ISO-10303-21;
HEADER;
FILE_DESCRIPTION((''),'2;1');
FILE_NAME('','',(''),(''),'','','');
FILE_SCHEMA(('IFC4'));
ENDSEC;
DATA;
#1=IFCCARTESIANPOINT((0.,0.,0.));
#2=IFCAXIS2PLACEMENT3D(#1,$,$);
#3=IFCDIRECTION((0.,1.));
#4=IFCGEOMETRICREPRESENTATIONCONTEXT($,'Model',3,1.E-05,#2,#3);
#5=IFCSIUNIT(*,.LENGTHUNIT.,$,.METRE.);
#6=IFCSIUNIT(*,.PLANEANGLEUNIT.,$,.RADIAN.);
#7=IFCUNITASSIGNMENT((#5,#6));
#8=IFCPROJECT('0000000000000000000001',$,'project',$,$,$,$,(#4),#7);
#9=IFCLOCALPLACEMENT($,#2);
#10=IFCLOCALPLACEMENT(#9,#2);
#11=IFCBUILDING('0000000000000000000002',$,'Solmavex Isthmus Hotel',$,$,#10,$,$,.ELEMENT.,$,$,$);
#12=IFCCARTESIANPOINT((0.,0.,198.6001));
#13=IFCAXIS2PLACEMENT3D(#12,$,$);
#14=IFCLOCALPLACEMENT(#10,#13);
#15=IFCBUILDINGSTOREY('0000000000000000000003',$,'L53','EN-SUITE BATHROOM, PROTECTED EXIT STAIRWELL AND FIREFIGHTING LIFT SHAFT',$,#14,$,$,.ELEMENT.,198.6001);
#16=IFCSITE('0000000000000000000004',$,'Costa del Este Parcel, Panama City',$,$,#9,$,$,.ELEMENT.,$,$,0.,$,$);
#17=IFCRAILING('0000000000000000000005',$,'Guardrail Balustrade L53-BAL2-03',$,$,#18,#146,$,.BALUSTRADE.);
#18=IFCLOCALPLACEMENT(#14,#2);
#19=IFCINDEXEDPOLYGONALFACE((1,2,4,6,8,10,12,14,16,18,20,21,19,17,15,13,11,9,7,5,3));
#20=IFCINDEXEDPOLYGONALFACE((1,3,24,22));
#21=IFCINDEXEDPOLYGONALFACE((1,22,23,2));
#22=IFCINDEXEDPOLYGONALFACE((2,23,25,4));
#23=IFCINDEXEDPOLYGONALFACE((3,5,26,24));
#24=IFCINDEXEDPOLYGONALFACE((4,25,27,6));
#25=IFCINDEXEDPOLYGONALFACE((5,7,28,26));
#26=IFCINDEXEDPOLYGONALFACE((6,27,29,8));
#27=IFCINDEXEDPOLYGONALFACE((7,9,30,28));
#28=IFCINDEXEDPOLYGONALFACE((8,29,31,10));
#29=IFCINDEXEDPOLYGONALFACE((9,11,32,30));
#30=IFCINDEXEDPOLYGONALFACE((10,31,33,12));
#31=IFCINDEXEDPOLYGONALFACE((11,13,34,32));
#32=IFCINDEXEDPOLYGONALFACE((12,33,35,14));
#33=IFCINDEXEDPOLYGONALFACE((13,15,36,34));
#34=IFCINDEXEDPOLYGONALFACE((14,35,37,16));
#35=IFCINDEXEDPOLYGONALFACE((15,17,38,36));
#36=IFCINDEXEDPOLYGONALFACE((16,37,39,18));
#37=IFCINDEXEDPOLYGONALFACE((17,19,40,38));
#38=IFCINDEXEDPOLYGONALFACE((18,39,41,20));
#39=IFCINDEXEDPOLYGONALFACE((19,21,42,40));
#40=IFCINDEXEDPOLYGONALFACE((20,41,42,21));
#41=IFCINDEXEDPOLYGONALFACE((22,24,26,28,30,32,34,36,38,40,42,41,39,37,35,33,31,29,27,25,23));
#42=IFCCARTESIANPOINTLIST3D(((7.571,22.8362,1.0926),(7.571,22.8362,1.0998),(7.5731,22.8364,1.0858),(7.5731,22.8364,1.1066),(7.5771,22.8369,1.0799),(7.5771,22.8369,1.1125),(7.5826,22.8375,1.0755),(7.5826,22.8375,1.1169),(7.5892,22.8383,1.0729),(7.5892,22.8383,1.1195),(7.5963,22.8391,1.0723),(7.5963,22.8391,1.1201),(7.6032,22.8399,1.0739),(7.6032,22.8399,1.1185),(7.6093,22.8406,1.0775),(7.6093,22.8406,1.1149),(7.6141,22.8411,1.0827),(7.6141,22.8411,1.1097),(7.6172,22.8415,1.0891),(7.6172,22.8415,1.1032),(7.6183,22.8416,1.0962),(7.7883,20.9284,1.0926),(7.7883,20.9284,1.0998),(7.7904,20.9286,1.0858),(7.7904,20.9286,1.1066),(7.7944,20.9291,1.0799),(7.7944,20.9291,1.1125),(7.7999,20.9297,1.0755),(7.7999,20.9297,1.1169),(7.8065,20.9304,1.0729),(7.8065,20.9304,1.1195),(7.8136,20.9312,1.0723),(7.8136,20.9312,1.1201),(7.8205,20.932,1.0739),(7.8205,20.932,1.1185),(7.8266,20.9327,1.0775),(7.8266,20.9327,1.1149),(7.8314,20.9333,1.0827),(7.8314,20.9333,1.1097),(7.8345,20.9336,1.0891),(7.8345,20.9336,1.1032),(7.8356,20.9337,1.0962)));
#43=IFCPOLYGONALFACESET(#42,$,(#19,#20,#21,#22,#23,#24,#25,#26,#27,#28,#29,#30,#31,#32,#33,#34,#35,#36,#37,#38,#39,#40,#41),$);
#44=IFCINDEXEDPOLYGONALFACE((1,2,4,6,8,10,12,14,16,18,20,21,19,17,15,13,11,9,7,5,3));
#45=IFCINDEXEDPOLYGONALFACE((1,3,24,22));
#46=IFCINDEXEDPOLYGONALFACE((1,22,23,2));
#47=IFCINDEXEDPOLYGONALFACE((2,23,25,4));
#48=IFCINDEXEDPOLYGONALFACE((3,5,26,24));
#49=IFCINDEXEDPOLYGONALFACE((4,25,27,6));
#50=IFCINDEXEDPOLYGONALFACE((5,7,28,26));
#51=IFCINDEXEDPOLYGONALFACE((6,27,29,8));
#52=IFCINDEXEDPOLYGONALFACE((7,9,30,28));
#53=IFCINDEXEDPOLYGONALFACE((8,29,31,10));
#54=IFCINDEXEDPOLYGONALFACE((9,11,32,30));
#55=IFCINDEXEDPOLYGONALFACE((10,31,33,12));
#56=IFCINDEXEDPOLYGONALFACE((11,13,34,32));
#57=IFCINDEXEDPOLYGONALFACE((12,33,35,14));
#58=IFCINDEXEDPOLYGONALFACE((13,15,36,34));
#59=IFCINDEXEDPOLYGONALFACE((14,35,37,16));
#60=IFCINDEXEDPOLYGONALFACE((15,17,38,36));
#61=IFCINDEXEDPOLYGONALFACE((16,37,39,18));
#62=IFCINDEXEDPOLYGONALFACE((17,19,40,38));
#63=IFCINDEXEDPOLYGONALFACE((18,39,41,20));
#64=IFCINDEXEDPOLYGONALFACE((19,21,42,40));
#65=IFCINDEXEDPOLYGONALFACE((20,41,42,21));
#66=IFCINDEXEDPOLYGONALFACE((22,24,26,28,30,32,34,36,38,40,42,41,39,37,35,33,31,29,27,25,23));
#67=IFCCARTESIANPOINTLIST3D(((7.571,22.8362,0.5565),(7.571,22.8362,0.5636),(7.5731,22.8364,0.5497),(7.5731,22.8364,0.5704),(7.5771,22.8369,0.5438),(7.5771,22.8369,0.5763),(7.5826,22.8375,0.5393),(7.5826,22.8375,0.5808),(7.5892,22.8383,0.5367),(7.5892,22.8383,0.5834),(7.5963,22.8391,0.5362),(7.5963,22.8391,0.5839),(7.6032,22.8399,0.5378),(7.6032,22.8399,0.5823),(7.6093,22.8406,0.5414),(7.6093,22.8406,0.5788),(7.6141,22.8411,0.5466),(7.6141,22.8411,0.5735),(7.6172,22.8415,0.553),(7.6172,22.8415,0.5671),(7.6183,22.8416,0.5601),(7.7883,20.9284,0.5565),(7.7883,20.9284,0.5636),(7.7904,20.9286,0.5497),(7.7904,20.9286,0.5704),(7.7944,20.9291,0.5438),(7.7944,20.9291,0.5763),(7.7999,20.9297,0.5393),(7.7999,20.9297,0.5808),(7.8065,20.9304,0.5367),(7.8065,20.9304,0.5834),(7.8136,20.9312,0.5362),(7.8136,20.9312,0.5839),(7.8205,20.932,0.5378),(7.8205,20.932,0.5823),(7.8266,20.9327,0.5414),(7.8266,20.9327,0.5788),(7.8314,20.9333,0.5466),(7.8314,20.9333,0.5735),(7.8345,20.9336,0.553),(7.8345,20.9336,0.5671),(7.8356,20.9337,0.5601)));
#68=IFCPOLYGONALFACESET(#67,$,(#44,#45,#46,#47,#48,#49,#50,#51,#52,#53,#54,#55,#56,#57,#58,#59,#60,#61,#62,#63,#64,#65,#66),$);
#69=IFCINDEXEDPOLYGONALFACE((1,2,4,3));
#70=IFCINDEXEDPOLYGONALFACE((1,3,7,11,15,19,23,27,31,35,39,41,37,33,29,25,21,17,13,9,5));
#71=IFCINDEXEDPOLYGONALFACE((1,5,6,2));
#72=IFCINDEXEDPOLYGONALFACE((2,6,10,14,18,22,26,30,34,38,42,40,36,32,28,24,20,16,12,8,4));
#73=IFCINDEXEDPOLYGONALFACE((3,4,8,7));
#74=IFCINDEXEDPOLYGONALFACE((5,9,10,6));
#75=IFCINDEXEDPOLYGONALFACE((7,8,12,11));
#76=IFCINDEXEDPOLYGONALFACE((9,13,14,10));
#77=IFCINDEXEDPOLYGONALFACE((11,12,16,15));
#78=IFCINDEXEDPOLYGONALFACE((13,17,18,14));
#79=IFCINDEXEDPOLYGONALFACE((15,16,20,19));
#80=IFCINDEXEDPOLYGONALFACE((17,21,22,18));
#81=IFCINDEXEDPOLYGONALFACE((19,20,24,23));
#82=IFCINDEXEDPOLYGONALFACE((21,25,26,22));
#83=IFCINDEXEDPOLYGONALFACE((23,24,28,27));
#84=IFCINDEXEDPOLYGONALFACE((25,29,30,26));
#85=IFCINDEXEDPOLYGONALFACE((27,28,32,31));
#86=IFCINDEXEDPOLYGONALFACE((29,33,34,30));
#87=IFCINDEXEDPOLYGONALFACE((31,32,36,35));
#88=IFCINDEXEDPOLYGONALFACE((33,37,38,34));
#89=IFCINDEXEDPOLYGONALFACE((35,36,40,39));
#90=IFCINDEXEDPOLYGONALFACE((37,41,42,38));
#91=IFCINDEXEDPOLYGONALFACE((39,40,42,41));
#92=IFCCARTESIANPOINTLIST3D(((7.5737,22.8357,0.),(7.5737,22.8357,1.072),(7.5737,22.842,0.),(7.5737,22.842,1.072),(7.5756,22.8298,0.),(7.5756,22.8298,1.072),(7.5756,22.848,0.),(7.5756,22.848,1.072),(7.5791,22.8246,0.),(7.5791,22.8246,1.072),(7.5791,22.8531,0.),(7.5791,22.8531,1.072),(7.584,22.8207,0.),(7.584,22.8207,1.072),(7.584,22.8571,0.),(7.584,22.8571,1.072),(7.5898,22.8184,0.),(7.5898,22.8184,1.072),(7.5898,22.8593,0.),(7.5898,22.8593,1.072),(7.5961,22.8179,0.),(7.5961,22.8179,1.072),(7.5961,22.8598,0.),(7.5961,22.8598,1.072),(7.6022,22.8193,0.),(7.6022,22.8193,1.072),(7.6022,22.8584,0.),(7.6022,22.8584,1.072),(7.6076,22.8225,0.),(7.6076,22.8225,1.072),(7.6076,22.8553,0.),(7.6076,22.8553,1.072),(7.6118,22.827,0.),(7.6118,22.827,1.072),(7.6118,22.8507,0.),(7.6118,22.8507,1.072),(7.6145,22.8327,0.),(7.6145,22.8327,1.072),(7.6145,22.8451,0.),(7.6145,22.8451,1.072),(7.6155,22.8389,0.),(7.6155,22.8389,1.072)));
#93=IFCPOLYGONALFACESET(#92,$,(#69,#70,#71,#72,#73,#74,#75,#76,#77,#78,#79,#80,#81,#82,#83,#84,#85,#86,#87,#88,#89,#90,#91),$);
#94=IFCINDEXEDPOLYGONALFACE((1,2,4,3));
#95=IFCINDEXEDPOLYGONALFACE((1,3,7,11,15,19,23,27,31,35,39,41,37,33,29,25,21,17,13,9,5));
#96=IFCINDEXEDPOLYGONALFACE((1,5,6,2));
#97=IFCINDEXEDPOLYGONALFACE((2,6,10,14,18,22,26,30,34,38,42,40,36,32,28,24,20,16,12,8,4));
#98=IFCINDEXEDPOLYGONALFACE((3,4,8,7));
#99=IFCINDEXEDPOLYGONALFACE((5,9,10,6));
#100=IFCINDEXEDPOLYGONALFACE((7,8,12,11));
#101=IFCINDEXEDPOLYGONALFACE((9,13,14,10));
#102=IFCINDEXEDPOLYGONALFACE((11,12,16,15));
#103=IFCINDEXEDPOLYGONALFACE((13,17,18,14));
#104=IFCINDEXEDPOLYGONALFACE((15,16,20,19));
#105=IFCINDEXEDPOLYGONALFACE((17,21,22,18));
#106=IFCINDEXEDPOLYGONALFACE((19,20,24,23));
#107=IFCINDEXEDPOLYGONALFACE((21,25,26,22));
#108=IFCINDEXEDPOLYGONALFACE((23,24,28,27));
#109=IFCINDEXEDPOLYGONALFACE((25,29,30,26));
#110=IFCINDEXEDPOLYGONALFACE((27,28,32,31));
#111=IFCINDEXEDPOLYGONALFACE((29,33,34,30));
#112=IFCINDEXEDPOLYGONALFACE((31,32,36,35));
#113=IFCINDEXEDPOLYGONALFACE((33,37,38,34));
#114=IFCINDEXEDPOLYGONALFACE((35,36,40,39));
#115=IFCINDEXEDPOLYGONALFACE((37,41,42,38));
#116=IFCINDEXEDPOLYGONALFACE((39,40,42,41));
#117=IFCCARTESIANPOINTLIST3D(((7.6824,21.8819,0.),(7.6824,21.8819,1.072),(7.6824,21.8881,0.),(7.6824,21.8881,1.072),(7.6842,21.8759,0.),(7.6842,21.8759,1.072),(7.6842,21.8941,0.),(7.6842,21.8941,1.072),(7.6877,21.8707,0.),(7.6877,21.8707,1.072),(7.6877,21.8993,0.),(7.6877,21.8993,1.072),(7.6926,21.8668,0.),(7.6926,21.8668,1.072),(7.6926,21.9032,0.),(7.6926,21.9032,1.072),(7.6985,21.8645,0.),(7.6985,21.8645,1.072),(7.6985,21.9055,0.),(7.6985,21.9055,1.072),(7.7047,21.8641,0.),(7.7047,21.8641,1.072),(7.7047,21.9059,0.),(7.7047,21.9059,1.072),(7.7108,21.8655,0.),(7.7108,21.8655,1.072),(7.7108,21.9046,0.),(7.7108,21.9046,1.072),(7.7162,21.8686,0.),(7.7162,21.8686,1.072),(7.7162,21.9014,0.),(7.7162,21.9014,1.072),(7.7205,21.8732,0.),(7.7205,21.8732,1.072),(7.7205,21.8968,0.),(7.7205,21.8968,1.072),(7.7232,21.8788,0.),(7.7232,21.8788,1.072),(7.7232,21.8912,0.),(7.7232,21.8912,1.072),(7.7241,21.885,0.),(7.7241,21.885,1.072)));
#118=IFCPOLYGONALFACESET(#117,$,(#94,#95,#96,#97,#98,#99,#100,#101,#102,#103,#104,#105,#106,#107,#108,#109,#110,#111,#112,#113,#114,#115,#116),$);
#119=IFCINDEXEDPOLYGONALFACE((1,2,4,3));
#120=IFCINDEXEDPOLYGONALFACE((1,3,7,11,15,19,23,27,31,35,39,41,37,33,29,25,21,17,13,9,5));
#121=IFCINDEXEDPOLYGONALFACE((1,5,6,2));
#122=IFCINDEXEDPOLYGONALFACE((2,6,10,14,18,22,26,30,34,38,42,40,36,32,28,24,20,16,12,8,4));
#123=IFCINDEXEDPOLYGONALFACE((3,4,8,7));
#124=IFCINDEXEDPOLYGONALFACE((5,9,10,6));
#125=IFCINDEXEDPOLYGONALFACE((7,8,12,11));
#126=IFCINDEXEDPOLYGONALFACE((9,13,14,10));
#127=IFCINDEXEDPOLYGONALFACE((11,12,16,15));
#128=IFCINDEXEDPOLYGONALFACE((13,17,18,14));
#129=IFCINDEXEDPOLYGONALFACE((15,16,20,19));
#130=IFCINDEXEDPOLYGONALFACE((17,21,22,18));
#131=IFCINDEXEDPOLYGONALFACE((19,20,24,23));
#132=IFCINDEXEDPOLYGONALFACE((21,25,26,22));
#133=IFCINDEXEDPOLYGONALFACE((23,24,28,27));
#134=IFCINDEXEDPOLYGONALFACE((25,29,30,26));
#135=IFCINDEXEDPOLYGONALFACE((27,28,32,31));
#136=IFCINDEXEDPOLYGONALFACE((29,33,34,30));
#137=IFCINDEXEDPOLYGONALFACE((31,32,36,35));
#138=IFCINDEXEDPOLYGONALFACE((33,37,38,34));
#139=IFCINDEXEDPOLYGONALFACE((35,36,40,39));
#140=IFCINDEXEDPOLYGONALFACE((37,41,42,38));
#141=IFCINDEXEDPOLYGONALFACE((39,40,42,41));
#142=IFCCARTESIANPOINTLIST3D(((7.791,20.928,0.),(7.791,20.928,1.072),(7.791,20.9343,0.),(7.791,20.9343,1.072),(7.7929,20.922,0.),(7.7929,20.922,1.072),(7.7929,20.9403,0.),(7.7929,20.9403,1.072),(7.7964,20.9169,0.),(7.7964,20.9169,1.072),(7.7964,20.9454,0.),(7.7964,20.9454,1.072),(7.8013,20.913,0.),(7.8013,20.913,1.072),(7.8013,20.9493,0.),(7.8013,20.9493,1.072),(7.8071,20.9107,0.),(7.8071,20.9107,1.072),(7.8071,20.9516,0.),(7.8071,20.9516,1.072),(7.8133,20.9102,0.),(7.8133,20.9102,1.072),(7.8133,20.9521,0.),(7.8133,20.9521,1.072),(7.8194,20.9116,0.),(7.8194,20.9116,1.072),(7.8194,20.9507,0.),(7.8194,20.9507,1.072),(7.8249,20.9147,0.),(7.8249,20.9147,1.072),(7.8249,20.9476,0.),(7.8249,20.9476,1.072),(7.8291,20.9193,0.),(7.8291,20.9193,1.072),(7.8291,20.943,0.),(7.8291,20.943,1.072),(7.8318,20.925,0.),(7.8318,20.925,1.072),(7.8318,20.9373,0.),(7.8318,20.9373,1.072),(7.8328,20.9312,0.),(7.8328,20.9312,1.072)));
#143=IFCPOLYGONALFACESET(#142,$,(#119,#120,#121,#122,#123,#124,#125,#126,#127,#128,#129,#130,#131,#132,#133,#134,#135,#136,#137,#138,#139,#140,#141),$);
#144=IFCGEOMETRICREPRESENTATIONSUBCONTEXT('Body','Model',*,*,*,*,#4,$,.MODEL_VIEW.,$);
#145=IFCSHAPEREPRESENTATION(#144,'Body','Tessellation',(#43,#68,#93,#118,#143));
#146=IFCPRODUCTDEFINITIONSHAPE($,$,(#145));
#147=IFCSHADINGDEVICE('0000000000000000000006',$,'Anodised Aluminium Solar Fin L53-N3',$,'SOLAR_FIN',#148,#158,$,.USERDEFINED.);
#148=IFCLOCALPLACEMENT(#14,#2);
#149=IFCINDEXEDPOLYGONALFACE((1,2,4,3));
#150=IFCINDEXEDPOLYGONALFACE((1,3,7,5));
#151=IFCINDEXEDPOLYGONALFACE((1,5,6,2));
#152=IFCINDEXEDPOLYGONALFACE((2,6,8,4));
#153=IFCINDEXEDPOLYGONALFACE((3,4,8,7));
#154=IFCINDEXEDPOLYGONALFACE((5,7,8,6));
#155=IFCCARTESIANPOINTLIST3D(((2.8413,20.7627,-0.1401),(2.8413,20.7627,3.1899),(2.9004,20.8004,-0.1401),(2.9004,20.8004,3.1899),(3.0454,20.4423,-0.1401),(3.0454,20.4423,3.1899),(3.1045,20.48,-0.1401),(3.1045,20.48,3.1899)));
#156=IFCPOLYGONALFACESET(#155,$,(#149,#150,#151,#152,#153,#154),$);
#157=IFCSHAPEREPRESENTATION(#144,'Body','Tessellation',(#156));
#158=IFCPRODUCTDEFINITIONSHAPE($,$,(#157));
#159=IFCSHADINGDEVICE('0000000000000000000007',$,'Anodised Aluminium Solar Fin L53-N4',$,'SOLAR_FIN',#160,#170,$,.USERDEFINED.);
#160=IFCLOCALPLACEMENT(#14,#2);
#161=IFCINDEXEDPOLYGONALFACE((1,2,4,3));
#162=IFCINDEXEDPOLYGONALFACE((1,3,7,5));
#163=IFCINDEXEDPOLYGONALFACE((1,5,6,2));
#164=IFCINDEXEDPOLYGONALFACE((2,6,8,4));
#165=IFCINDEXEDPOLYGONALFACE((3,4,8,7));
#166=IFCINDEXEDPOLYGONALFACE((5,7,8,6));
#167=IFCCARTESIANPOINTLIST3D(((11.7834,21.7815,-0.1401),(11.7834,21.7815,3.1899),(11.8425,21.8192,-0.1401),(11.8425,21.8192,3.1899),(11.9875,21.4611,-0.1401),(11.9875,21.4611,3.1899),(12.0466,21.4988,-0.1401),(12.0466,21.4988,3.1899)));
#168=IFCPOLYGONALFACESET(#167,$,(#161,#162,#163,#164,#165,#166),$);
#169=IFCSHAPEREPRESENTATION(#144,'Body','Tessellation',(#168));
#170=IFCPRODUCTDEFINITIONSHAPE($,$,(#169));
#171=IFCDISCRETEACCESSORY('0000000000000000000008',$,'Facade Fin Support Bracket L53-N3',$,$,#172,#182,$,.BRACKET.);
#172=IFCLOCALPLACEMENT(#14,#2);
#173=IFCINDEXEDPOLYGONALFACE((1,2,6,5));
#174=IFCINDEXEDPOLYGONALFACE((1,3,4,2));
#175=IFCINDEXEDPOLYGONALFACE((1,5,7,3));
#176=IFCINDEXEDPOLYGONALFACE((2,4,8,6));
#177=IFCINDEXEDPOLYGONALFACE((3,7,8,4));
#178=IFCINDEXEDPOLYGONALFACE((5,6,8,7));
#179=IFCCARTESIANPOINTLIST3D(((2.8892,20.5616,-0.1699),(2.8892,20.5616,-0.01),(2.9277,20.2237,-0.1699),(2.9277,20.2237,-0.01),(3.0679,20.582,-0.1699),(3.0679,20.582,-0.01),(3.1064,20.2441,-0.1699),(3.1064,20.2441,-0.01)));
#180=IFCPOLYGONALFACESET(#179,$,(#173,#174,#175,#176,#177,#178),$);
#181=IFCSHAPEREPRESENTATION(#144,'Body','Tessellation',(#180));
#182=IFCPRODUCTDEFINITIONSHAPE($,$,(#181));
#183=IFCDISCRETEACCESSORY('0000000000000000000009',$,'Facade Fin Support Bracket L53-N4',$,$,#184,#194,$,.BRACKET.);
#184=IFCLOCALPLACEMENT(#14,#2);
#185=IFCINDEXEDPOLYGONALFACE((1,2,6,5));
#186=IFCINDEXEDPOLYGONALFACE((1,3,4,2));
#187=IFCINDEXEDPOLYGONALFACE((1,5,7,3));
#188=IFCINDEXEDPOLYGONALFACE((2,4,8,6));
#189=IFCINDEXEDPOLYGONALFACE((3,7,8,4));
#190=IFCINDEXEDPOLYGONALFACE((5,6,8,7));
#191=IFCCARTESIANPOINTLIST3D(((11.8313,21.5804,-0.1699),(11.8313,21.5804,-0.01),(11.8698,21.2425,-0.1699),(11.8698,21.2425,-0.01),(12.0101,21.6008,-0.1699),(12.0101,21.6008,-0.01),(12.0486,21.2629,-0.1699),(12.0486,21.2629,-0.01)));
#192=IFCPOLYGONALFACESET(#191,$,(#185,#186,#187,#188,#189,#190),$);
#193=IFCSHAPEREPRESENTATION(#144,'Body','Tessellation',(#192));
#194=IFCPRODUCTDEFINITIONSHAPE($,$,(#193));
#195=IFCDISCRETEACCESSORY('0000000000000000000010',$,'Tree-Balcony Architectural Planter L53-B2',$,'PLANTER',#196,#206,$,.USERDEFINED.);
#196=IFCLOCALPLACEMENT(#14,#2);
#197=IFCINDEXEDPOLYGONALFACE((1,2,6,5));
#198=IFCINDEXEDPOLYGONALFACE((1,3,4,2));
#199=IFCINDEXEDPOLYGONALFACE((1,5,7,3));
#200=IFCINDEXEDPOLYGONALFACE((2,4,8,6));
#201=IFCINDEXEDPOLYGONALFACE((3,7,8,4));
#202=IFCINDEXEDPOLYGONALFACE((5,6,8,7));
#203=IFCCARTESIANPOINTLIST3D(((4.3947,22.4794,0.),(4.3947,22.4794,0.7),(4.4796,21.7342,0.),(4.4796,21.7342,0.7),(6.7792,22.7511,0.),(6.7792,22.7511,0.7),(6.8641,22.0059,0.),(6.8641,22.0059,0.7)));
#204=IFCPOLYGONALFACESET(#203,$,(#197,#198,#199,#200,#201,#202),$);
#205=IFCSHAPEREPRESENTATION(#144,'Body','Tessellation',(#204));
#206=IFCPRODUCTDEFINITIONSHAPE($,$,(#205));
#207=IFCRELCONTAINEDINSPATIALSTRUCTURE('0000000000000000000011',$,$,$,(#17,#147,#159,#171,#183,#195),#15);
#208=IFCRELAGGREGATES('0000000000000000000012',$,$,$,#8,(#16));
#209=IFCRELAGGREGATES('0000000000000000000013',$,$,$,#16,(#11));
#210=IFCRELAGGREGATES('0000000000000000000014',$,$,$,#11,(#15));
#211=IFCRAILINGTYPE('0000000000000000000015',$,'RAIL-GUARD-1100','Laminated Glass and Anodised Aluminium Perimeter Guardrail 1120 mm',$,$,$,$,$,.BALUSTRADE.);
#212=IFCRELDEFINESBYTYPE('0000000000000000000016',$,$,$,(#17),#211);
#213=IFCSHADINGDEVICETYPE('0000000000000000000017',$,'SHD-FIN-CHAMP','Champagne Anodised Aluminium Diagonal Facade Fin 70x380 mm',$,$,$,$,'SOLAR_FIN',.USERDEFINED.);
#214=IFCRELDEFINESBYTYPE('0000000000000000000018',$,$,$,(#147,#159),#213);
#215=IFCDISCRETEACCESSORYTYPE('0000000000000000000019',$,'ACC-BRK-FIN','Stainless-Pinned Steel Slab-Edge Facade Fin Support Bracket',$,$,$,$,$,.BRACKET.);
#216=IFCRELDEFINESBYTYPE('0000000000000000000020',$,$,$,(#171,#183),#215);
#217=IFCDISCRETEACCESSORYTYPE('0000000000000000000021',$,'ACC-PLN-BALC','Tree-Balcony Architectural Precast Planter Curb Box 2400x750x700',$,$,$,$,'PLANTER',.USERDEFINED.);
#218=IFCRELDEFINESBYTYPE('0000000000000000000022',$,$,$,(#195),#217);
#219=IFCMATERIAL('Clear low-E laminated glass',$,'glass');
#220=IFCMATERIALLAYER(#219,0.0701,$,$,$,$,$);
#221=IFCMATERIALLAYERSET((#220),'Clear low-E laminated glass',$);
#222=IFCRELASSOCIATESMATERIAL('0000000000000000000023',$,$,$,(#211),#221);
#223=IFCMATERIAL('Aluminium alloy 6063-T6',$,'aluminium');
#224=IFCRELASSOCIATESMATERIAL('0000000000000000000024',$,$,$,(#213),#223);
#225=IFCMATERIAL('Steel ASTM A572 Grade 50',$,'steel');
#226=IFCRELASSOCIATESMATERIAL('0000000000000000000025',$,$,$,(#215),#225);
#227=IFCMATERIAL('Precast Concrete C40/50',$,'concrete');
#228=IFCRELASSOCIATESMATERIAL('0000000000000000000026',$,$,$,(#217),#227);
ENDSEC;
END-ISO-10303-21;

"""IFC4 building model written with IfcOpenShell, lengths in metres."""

from ifc_helpers import new_model, si_unit, direction, frame, origin, origin_2d, place, context, subcontext, project, spatial, rectangle, circle, extrude, material, layer, layer_set, type_object, element, save


model = new_model("IFC4")

# Units and contexts
model_context = context("Model", 3, precision=1e-05, world=origin(), true_north=direction((0.0, 1.0)))
body_context = subcontext(model_context, "Body", "Model", "MODEL_VIEW")
ifc_project = project(units=[si_unit("LENGTHUNIT", "METRE"), si_unit("PLANEANGLEUNIT", "RADIAN")], contexts=[model_context])

# Site, building, storey
site_placement = place(None, origin())
site = spatial("IfcSite", under=ifc_project, at=site_placement, Name="Costa del Este Parcel, Panama City", CompositionType="ELEMENT", RefElevation=0.0)
building_placement = place(site_placement, origin())
building = spatial("IfcBuilding", under=site, at=building_placement, Name="Solmavex Isthmus Hotel", CompositionType="ELEMENT")
storey_placement = place(building_placement, frame((0.0, 0.0, 198.6001)))
storey = spatial("IfcBuildingStorey", under=building, at=storey_placement, Name="L53", Description="EN-SUITE BATHROOM, PROTECTED EXIT STAIRWELL AND FIREFIGHTING LIFT SHAFT", CompositionType="ELEMENT", Elevation=198.6001)

# Shared definitions
ifc_material_1 = material(Name="Aluminium alloy 6063-T6", Category="aluminium")

# Shared definitions
ifc_material_2 = material(Name="Clear low-E laminated glass", Category="glass")

# Shared definitions
ifc_material_3 = material(Name="Precast Concrete C40/50", Category="concrete")

# Railing
ifc_layer_1 = layer(ifc_material_2, 0.0701)
ifc_layer_set_1 = layer_set([ifc_layer_1], Name="Clear low-E laminated glass")
railing_type = type_object("IfcRailingType", Name="RAIL-GUARD-1100", Description="Laminated Glass and Anodised Aluminium Perimeter Guardrail 1120 mm", PredefinedType="BALUSTRADE", material=ifc_layer_set_1)
railing_1_placement = place(storey_placement, frame((7.5945, 22.8389, 0.0)))
element("IfcRailing", 1, at=railing_1_placement, inside=storey, type_object=railing_type, Name="Guardrail Balustrade L53-BAL2-03", PredefinedType="BALUSTRADE", context=body_context, shape_type="SweptSolid", body=[
    extrude(circle(Radius=0.0239, at=origin_2d()), frame((0.0, 0.0, 1.0962), z_axis=(0.113166, -0.993576, 0.0), x_axis=(0.993576, 0.113166, 0.0)), (0.0, 0.0, 1.0), 1.9202),
    extrude(circle(Radius=0.0239, at=origin_2d()), frame((0.0, 0.0, 0.5601), z_axis=(0.113166, -0.993576, 0.0), x_axis=(0.993576, 0.113166, 0.0)), (0.0, 0.0, 1.0), 1.9202),
    extrude(circle(Radius=0.021, at=origin_2d()), origin(), (0.0, 0.0, 1.0), 1.072),
    extrude(circle(Radius=0.021, at=origin_2d()), frame((0.1086, -0.9539, 0.0)), (0.0, 0.0, 1.0), 1.072),
    extrude(circle(Radius=0.021, at=origin_2d()), frame((0.2173, -1.9077, 0.0)), (0.0, 0.0, 1.0), 1.072),
])

# Shading devices
shading_device_type = type_object("IfcShadingDeviceType", Name="SHD-FIN-CHAMP", Description="Champagne Anodised Aluminium Diagonal Facade Fin 70x380 mm", ElementType="SOLAR_FIN", PredefinedType="USERDEFINED", material=ifc_material_1)
for number, where, z_axis, x_axis, name in (
    (2, (2.9729, 20.6213, -0.1401), (0.0, 0.0, 1.0), (-0.5373, 0.843391, 0.0), "Anodised Aluminium Solar Fin L53-N3"),
    (3, (11.915, 21.6401, -0.1401), (0.0, 0.0, 1.0), (-0.5373, 0.843391, 0.0), "Anodised Aluminium Solar Fin L53-N4"),
):
    element("IfcShadingDevice", number, at=place(storey_placement, frame(where, z_axis=z_axis, x_axis=x_axis)), inside=storey, type_object=shading_device_type, Name=name, ObjectType="SOLAR_FIN", PredefinedType="USERDEFINED", context=body_context, shape_type="SweptSolid", body=[
        extrude(rectangle(XDim=0.3799, YDim=0.0701, at=origin_2d()), origin(), (0.0, 0.0, 1.0), 3.3301),
    ])

# Discrete accessories
ifc_material_4 = material(Name="Steel ASTM A572 Grade 50", Category="steel")
discrete_accessory_type_1 = type_object("IfcDiscreteAccessoryType", Name="ACC-BRK-FIN", Description="Stainless-Pinned Steel Slab-Edge Facade Fin Support Bracket", PredefinedType="BRACKET", material=ifc_material_4)
for number, where, z_axis, x_axis, name in (
    (4, (2.9978, 20.4028, -0.1699), (0.0, 0.0, 1.0), (-0.113203, 0.993572, 0.0), "Facade Fin Support Bracket L53-N3"),
    (5, (11.9399, 21.4216, -0.1699), (0.0, 0.0, 1.0), (-0.113203, 0.993572, 0.0), "Facade Fin Support Bracket L53-N4"),
):
    element("IfcDiscreteAccessory", number, at=place(storey_placement, frame(where, z_axis=z_axis, x_axis=x_axis)), inside=storey, type_object=discrete_accessory_type_1, Name=name, PredefinedType="BRACKET", context=body_context, shape_type="SweptSolid", body=[
        extrude(rectangle(XDim=0.3401, YDim=0.1799, at=origin_2d()), origin(), (0.0, 0.0, 1.0), 0.1599),
    ])
discrete_accessory_type_2 = type_object("IfcDiscreteAccessoryType", Name="ACC-PLN-BALC", Description="Tree-Balcony Architectural Precast Planter Curb Box 2400x750x700", ElementType="PLANTER", PredefinedType="USERDEFINED", material=ifc_material_3)
discrete_accessory_placement = place(storey_placement, frame((5.6294, 22.2427, 0.0), z_axis=(0.0, 0.0, 1.0), x_axis=(0.993572, 0.113203, 0.0)))
element("IfcDiscreteAccessory", 6, at=discrete_accessory_placement, inside=storey, type_object=discrete_accessory_type_2, Name="Tree-Balcony Architectural Planter L53-B2", ObjectType="PLANTER", PredefinedType="USERDEFINED", context=body_context, shape_type="SweptSolid", body=[
    extrude(rectangle(XDim=2.3999, YDim=0.75, at=origin_2d()), origin(), (0.0, 0.0, 1.0), 0.7),
])

save(model, "model.ifc")
